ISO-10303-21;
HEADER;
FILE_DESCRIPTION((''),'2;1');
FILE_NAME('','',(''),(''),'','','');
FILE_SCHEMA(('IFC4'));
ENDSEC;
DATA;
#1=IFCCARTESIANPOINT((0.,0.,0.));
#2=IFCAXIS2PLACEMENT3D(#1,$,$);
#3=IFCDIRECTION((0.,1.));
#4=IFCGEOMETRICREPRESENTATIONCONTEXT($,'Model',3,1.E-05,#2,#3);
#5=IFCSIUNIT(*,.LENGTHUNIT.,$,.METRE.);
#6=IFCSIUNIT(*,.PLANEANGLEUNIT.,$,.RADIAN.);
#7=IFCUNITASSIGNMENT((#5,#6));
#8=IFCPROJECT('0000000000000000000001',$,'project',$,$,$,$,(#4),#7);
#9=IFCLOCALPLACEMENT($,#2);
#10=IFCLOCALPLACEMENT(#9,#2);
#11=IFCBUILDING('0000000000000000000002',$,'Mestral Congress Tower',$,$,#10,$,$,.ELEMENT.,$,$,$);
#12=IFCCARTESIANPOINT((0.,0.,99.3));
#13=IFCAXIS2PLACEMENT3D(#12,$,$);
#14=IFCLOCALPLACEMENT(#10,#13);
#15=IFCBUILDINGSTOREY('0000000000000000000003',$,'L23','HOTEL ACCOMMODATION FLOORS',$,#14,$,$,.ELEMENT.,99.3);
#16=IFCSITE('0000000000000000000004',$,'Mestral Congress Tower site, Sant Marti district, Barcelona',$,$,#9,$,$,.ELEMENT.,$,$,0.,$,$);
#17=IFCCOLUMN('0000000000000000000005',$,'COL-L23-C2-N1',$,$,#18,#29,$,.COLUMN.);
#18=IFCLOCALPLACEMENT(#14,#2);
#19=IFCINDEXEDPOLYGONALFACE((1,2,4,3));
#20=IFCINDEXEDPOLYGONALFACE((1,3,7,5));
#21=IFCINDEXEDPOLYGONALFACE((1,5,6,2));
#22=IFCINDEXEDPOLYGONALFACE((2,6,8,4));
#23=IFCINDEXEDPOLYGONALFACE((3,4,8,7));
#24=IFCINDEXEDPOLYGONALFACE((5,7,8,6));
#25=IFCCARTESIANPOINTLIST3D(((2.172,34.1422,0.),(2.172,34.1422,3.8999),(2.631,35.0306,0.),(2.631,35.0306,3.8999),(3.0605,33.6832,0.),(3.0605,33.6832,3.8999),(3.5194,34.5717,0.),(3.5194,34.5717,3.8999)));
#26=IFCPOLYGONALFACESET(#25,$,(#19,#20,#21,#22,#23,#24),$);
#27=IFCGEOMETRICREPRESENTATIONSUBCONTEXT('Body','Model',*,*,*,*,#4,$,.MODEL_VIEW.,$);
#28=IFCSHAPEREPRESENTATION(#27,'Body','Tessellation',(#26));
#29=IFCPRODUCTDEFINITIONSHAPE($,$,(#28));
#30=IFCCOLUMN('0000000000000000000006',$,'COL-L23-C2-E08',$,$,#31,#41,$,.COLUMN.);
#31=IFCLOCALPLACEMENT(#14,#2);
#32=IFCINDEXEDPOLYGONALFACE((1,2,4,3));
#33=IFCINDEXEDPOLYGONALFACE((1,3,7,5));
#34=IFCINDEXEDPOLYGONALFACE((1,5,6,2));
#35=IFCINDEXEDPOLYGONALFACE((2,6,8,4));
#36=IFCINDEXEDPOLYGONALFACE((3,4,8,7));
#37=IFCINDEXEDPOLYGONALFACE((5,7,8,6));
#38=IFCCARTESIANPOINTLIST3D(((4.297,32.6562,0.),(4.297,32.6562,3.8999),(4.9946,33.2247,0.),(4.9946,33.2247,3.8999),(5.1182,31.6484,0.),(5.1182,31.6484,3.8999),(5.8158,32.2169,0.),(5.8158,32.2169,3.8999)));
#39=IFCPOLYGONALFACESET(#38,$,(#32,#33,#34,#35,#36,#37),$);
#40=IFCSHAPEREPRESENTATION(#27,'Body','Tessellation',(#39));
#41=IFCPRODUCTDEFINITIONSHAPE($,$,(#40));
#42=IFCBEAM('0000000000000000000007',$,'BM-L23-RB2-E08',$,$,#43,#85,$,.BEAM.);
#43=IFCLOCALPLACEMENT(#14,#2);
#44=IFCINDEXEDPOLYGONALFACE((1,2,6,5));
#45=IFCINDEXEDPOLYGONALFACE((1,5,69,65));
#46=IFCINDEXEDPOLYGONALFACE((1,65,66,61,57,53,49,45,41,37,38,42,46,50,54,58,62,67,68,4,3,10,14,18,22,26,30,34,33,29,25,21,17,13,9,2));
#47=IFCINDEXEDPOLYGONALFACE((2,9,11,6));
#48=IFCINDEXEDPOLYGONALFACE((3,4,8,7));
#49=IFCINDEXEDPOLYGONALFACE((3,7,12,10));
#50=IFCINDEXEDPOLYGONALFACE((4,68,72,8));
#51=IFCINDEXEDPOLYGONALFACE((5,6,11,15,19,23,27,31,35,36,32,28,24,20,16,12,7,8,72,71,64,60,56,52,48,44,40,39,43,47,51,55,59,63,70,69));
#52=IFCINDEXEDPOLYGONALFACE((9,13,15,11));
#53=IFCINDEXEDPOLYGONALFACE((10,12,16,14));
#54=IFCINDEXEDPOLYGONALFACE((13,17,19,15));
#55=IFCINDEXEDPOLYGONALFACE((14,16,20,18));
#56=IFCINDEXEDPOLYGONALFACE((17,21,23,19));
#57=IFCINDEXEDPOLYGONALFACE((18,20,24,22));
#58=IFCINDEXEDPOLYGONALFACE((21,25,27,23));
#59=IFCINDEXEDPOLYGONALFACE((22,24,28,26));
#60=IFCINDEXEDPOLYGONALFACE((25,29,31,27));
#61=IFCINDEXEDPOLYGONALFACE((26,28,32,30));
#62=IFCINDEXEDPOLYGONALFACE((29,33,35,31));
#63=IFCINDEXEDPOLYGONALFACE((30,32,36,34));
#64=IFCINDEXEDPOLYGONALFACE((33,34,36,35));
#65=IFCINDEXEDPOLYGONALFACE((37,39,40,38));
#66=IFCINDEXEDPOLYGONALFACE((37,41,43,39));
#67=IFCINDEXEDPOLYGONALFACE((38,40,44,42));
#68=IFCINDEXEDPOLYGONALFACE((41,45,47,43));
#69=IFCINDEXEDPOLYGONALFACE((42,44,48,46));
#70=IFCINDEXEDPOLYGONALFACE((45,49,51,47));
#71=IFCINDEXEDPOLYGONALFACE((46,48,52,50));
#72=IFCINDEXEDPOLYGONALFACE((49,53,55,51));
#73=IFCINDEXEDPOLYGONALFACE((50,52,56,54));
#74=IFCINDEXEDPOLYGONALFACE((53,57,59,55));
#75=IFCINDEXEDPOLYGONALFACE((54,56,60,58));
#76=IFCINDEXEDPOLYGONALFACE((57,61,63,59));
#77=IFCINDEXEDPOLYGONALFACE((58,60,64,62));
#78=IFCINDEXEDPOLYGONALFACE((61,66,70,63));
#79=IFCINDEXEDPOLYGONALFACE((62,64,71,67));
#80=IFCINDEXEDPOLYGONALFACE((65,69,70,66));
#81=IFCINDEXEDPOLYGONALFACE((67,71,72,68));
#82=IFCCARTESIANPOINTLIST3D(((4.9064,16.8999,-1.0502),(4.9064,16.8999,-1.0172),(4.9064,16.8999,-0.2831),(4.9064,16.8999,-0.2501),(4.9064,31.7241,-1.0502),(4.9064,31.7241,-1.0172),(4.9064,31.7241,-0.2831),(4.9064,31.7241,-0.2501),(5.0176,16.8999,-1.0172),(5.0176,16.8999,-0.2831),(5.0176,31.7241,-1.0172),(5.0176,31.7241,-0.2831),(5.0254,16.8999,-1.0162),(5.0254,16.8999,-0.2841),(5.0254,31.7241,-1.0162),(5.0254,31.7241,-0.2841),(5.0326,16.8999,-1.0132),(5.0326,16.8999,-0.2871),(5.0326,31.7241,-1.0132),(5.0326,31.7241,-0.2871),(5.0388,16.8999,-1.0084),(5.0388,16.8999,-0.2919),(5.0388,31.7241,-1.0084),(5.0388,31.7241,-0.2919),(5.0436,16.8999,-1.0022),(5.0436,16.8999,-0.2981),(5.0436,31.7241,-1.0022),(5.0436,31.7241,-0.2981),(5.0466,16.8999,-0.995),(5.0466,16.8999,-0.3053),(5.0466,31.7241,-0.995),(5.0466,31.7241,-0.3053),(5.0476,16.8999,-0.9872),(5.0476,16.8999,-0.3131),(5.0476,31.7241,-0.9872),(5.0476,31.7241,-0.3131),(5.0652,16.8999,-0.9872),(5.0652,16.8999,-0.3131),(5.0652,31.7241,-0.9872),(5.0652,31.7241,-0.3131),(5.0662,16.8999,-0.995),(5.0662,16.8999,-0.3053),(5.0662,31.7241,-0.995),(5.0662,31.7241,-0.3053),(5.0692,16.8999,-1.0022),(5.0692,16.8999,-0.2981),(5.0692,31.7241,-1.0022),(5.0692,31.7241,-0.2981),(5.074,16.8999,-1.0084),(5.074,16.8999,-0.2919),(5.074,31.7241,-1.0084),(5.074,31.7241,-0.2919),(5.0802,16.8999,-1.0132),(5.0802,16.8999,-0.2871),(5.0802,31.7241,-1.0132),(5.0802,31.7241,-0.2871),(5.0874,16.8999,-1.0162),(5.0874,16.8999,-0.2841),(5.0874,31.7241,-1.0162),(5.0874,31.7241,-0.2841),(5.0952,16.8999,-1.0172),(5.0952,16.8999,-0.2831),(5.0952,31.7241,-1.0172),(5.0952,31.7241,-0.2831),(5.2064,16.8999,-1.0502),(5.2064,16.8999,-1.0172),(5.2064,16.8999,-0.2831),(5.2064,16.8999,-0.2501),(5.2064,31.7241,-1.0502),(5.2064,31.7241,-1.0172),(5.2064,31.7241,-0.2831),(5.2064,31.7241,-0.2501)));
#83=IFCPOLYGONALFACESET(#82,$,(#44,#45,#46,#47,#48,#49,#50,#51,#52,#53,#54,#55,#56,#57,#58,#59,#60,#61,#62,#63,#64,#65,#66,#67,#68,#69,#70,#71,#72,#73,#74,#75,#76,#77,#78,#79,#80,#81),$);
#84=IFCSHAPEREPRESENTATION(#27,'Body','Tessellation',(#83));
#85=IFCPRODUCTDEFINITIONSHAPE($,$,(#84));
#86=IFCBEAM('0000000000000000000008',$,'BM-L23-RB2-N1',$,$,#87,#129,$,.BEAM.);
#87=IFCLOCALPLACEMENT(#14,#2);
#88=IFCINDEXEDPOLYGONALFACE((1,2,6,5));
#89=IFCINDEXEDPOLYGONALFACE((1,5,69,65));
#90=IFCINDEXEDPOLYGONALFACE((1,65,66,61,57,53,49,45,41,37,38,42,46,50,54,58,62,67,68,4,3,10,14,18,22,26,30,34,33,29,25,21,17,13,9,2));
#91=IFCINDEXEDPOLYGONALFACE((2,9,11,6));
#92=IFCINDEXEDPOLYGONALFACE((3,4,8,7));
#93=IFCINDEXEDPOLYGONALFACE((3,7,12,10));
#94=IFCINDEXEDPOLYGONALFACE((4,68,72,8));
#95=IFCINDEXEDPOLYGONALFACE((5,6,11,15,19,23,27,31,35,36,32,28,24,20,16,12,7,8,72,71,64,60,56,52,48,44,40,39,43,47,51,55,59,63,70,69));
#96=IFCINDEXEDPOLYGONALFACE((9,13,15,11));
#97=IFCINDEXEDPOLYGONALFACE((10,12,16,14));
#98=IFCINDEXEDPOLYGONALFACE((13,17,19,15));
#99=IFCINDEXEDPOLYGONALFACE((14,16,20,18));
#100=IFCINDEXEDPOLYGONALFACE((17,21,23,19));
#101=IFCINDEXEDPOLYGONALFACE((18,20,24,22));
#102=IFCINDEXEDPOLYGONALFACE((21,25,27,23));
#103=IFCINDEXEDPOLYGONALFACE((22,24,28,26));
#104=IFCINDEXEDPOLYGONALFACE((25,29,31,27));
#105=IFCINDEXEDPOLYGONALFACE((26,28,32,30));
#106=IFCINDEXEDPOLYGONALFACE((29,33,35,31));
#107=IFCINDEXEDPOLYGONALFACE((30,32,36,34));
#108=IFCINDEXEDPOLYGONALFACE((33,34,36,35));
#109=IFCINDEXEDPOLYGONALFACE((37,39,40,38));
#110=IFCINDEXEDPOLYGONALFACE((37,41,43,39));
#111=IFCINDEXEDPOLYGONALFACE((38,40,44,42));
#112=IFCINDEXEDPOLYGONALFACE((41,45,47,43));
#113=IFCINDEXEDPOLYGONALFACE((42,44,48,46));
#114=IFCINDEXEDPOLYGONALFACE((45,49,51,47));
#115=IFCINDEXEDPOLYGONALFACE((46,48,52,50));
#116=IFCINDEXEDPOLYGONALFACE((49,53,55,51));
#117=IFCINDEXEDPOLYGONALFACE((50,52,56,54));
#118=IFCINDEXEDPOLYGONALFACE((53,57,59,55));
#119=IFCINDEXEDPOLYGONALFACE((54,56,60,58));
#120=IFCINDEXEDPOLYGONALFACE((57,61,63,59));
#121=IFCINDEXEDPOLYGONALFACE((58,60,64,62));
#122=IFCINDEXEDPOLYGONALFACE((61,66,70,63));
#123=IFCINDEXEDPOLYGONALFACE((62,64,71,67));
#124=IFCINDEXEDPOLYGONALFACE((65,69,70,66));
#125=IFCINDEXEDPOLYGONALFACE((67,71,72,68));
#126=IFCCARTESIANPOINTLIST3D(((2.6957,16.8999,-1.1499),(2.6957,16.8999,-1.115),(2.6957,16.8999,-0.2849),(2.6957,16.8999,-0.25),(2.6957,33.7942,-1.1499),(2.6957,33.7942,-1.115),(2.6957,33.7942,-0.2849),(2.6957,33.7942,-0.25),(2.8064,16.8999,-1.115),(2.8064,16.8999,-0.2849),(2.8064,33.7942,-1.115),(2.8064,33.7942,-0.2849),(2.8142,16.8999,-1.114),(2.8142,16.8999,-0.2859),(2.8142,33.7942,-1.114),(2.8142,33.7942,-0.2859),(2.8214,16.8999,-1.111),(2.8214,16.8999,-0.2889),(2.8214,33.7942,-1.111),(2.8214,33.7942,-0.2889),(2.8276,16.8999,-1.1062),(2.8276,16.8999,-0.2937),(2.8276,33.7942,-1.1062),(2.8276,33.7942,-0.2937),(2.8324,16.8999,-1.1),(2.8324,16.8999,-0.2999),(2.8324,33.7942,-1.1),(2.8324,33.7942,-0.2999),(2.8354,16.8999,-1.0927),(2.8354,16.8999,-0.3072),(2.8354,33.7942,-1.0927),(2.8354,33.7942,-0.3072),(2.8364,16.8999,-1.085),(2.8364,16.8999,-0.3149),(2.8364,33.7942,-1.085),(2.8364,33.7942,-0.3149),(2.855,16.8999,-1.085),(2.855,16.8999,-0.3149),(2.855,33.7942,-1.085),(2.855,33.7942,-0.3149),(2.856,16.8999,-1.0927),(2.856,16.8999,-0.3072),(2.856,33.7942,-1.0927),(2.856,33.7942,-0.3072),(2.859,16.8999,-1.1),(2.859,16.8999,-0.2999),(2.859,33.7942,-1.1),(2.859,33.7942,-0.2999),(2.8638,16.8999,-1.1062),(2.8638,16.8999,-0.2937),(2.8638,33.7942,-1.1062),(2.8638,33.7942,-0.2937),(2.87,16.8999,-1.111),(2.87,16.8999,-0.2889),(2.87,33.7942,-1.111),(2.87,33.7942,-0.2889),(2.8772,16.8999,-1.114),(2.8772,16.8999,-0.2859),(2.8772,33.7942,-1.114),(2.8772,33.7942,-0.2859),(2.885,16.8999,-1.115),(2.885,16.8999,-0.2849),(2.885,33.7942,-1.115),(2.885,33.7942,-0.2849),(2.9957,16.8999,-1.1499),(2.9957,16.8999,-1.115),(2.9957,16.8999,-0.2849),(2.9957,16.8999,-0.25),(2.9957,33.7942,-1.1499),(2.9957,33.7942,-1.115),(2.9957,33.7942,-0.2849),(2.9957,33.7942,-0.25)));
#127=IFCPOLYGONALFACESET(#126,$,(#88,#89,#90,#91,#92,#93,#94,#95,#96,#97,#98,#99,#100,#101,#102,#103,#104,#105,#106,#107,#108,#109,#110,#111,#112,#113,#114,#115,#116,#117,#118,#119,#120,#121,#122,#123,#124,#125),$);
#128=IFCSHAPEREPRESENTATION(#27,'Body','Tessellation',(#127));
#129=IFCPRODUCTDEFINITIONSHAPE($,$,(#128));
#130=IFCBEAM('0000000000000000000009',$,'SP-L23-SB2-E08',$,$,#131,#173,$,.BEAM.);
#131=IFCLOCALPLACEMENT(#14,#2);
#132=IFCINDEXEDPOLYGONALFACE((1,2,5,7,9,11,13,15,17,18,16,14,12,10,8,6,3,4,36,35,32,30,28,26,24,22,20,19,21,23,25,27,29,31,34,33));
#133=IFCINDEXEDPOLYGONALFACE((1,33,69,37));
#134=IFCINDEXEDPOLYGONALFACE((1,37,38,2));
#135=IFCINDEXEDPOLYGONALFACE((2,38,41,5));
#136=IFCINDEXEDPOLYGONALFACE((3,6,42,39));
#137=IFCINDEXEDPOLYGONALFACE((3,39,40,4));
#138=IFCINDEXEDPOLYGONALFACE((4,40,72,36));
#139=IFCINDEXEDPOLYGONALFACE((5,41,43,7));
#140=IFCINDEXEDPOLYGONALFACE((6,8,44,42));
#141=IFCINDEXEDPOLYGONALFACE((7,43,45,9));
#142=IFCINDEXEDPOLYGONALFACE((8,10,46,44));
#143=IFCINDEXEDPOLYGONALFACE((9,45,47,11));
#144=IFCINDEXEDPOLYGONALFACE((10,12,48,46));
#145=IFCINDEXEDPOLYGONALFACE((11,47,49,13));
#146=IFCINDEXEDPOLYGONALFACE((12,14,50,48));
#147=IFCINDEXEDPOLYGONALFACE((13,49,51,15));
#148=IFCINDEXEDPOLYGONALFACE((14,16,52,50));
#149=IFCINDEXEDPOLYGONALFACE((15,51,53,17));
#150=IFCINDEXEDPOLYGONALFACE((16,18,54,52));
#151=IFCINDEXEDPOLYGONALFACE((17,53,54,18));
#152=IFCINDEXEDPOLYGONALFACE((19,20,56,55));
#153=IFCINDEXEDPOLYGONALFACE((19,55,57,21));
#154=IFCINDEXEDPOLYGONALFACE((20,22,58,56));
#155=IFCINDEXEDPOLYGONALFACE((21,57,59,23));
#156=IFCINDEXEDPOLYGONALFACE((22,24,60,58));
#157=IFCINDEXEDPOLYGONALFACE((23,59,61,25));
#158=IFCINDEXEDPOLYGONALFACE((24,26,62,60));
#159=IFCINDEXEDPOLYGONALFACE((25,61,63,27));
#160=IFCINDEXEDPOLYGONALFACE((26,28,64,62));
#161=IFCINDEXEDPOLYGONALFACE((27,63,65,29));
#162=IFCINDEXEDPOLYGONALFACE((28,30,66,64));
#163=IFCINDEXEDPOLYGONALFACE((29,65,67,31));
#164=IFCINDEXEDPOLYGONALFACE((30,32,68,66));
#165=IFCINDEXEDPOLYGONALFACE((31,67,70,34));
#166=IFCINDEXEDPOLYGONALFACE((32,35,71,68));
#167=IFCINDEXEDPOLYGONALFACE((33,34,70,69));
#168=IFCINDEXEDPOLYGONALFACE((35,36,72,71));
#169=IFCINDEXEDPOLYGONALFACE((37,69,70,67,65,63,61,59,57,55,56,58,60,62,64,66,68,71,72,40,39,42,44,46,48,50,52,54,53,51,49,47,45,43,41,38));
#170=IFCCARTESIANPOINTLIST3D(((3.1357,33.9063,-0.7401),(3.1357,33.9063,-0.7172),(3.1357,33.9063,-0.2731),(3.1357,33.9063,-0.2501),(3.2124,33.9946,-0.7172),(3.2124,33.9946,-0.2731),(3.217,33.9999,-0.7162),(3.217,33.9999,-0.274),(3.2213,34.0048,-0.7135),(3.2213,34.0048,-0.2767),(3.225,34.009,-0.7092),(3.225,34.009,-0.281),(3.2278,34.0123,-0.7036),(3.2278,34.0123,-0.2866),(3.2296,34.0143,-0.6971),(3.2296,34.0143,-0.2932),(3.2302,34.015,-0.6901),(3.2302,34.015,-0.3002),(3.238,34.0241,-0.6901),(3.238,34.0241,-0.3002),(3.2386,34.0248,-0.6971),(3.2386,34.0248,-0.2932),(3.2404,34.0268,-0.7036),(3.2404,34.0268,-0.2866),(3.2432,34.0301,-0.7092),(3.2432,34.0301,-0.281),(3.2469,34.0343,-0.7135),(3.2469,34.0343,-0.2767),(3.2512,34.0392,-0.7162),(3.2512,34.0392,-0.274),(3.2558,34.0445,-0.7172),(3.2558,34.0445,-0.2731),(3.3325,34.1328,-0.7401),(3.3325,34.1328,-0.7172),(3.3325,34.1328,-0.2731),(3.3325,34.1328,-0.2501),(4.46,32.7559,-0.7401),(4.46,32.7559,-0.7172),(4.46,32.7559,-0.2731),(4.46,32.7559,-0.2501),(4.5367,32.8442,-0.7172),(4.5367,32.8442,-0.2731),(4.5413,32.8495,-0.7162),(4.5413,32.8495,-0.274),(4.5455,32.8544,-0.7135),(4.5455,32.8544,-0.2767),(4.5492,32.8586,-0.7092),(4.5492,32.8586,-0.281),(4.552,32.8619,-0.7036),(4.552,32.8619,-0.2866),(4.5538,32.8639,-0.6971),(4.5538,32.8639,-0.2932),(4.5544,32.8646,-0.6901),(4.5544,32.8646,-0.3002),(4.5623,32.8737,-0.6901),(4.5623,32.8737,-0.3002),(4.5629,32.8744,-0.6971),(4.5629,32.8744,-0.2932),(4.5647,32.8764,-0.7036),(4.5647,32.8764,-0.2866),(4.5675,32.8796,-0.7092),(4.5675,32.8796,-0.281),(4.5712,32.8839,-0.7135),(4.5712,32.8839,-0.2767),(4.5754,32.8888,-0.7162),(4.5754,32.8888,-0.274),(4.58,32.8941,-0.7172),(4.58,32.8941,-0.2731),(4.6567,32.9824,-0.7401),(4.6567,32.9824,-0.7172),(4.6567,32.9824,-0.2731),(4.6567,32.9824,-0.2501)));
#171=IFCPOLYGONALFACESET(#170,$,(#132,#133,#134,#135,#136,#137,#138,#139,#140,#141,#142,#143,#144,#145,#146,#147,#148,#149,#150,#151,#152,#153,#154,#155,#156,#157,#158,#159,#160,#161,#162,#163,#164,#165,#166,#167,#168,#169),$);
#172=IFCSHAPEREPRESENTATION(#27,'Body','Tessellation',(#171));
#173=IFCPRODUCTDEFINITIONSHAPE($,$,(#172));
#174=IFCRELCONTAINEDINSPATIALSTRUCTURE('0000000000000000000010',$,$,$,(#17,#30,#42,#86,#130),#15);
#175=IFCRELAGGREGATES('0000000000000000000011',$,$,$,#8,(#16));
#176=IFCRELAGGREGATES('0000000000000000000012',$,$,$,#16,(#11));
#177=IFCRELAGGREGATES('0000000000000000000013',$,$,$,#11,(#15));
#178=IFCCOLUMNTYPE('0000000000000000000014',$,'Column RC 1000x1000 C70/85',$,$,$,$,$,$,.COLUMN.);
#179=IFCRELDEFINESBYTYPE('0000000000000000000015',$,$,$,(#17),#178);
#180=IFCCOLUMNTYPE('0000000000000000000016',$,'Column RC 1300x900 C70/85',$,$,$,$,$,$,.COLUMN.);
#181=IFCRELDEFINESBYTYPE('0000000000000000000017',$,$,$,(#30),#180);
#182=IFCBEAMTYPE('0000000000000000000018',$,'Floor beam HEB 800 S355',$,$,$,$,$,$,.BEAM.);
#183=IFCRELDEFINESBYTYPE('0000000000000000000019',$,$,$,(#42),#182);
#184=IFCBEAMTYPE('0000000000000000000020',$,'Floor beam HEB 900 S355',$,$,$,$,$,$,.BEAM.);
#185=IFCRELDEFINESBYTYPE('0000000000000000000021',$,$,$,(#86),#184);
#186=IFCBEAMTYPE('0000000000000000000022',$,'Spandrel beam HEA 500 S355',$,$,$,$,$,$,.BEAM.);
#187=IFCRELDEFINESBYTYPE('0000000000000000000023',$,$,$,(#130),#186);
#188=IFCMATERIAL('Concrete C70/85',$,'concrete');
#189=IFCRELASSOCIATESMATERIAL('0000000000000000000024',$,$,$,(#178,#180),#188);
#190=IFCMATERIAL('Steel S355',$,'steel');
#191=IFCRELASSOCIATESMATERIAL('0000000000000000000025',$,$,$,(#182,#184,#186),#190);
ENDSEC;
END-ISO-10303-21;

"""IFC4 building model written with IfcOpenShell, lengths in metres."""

from ifc_helpers import new_model, si_unit, direction, frame, origin, origin_2d, place, context, subcontext, project, spatial, rectangle, i_section, extrude, material, material_profile, profile_set, type_object, element, save


model = new_model("IFC4")

# Units and contexts
model_context = context("Model", 3, precision=1e-05, world=origin(), true_north=direction((0.0, 1.0)))
body_context = subcontext(model_context, "Body", "Model", "MODEL_VIEW")
ifc_project = project(units=[si_unit("LENGTHUNIT", "METRE"), si_unit("PLANEANGLEUNIT", "RADIAN")], contexts=[model_context])

# Site, building, storey
site_placement = place(None, origin())
site = spatial("IfcSite", under=ifc_project, at=site_placement, Name="Mestral Congress Tower site, Sant Marti district, Barcelona", CompositionType="ELEMENT", RefElevation=0.0)
building_placement = place(site_placement, origin())
building = spatial("IfcBuilding", under=site, at=building_placement, Name="Mestral Congress Tower", CompositionType="ELEMENT")
storey_placement = place(building_placement, frame((0.0, 0.0, 99.3)))
storey = spatial("IfcBuildingStorey", under=building, at=storey_placement, Name="L23", Description="HOTEL ACCOMMODATION FLOORS", CompositionType="ELEMENT", Elevation=99.3)

# Columns
ifc_material_1 = material(Name="Concrete C70/85", Category="concrete")
ifc_material_profile_1 = material_profile(ifc_material_1, rectangle(XDim=1.0, YDim=1.0, at=origin_2d()), Name="RC 1000x1000")
ifc_profile_set_1 = profile_set([ifc_material_profile_1], Name="Concrete C70/85")
column_type_1 = type_object("IfcColumnType", Name="Column RC 1000x1000 C70/85", PredefinedType="COLUMN", material=ifc_profile_set_1)
column_1_placement = place(storey_placement, frame((2.8457, 34.3569, 0.0), z_axis=(0.0, 0.0, 1.0), x_axis=(-0.888456, 0.458961, 0.0)))
element("IfcColumn", 1, at=column_1_placement, inside=storey, type_object=column_type_1, Name="COL-L23-C2-N1", PredefinedType="COLUMN", context=body_context, shape_type="SweptSolid", body=[
    extrude(rectangle(XDim=1.0, YDim=1.0, at=origin_2d()), origin(), (0.0, 0.0, 1.0), 3.8999),
])
ifc_material_profile_2 = material_profile(ifc_material_1, rectangle(XDim=1.3, YDim=0.8999, at=origin_2d()), Name="RC 1300x900")
ifc_profile_set_2 = profile_set([ifc_material_profile_2], Name="Concrete C70/85")
column_type_2 = type_object("IfcColumnType", Name="Column RC 1300x900 C70/85", PredefinedType="COLUMN", material=ifc_profile_set_2)
column_2_placement = place(storey_placement, frame((5.0564, 32.4365, 0.0), z_axis=(0.0, 0.0, 1.0), x_axis=(-0.631709, 0.775206, 0.0)))
element("IfcColumn", 2, at=column_2_placement, inside=storey, type_object=column_type_2, Name="COL-L23-C2-E08", PredefinedType="COLUMN", context=body_context, shape_type="SweptSolid", body=[
    extrude(rectangle(XDim=1.3, YDim=0.8999, at=origin_2d()), origin(), (0.0, 0.0, 1.0), 3.8999),
])

# Beams
ifc_material_2 = material(Name="Steel S355", Category="steel")
ifc_material_profile_3 = material_profile(ifc_material_2, i_section(OverallWidth=0.3, OverallDepth=0.8, WebThickness=0.0176, FlangeThickness=0.033, FilletRadius=0.03, at=origin_2d()), Name="HEB 800")
ifc_profile_set_3 = profile_set([ifc_material_profile_3], Name="Steel S355")
beam_type_1 = type_object("IfcBeamType", Name="Floor beam HEB 800 S355", PredefinedType="BEAM", material=ifc_profile_set_3)
beam_1_placement = place(storey_placement, frame((5.0564, 31.7241, -0.6501), z_axis=(0.0, -1.0, 0.0), x_axis=(1.0, 0.0, 0.0)))
element("IfcBeam", 3, at=beam_1_placement, inside=storey, type_object=beam_type_1, Name="BM-L23-RB2-E08", PredefinedType="BEAM", context=body_context, shape_type="SweptSolid", body=[
    extrude(i_section(OverallWidth=0.3, OverallDepth=0.8, WebThickness=0.0176, FlangeThickness=0.033, FilletRadius=0.03, at=origin_2d()), origin(), (0.0, 0.0, 1.0), 14.8242),
])
ifc_material_profile_4 = material_profile(ifc_material_2, i_section(OverallWidth=0.3, OverallDepth=0.8999, WebThickness=0.0186, FlangeThickness=0.0349, FilletRadius=0.03, at=origin_2d()), Name="HEB 900")
ifc_profile_set_4 = profile_set([ifc_material_profile_4], Name="Steel S355")
beam_type_2 = type_object("IfcBeamType", Name="Floor beam HEB 900 S355", PredefinedType="BEAM", material=ifc_profile_set_4)
beam_2_placement = place(storey_placement, frame((2.8457, 33.7942, -0.7), z_axis=(0.0, -1.0, 0.0), x_axis=(1.0, 0.0, 0.0)))
element("IfcBeam", 4, at=beam_2_placement, inside=storey, type_object=beam_type_2, Name="BM-L23-RB2-N1", PredefinedType="BEAM", context=body_context, shape_type="SweptSolid", body=[
    extrude(i_section(OverallWidth=0.3, OverallDepth=0.8999, WebThickness=0.0186, FlangeThickness=0.0349, FilletRadius=0.03, at=origin_2d()), origin(), (0.0, 0.0, 1.0), 16.8943),
])
ifc_material_profile_5 = material_profile(ifc_material_2, i_section(OverallWidth=0.3, OverallDepth=0.49, WebThickness=0.012, FlangeThickness=0.0229, FilletRadius=0.0271, at=origin_2d()), Name="HEA 500")
ifc_profile_set_5 = profile_set([ifc_material_profile_5], Name="Steel S355")
beam_type_3 = type_object("IfcBeamType", Name="Spandrel beam HEA 500 S355", PredefinedType="BEAM", material=ifc_profile_set_5)
beam_3_placement = place(storey_placement, frame((4.5583, 32.8691, -0.4951), z_axis=(-0.754917, 0.65582, 0.0), x_axis=(-0.65582, -0.754917, 0.0)))
element("IfcBeam", 5, at=beam_3_placement, inside=storey, type_object=beam_type_3, Name="SP-L23-SB2-E08", PredefinedType="BEAM", context=body_context, shape_type="SweptSolid", body=[
    extrude(i_section(OverallWidth=0.3, OverallDepth=0.49, WebThickness=0.012, FlangeThickness=0.0229, FilletRadius=0.0271, at=origin_2d()), origin(), (0.0, 0.0, 1.0), 1.7542),
])

save(model, "model.ifc")
